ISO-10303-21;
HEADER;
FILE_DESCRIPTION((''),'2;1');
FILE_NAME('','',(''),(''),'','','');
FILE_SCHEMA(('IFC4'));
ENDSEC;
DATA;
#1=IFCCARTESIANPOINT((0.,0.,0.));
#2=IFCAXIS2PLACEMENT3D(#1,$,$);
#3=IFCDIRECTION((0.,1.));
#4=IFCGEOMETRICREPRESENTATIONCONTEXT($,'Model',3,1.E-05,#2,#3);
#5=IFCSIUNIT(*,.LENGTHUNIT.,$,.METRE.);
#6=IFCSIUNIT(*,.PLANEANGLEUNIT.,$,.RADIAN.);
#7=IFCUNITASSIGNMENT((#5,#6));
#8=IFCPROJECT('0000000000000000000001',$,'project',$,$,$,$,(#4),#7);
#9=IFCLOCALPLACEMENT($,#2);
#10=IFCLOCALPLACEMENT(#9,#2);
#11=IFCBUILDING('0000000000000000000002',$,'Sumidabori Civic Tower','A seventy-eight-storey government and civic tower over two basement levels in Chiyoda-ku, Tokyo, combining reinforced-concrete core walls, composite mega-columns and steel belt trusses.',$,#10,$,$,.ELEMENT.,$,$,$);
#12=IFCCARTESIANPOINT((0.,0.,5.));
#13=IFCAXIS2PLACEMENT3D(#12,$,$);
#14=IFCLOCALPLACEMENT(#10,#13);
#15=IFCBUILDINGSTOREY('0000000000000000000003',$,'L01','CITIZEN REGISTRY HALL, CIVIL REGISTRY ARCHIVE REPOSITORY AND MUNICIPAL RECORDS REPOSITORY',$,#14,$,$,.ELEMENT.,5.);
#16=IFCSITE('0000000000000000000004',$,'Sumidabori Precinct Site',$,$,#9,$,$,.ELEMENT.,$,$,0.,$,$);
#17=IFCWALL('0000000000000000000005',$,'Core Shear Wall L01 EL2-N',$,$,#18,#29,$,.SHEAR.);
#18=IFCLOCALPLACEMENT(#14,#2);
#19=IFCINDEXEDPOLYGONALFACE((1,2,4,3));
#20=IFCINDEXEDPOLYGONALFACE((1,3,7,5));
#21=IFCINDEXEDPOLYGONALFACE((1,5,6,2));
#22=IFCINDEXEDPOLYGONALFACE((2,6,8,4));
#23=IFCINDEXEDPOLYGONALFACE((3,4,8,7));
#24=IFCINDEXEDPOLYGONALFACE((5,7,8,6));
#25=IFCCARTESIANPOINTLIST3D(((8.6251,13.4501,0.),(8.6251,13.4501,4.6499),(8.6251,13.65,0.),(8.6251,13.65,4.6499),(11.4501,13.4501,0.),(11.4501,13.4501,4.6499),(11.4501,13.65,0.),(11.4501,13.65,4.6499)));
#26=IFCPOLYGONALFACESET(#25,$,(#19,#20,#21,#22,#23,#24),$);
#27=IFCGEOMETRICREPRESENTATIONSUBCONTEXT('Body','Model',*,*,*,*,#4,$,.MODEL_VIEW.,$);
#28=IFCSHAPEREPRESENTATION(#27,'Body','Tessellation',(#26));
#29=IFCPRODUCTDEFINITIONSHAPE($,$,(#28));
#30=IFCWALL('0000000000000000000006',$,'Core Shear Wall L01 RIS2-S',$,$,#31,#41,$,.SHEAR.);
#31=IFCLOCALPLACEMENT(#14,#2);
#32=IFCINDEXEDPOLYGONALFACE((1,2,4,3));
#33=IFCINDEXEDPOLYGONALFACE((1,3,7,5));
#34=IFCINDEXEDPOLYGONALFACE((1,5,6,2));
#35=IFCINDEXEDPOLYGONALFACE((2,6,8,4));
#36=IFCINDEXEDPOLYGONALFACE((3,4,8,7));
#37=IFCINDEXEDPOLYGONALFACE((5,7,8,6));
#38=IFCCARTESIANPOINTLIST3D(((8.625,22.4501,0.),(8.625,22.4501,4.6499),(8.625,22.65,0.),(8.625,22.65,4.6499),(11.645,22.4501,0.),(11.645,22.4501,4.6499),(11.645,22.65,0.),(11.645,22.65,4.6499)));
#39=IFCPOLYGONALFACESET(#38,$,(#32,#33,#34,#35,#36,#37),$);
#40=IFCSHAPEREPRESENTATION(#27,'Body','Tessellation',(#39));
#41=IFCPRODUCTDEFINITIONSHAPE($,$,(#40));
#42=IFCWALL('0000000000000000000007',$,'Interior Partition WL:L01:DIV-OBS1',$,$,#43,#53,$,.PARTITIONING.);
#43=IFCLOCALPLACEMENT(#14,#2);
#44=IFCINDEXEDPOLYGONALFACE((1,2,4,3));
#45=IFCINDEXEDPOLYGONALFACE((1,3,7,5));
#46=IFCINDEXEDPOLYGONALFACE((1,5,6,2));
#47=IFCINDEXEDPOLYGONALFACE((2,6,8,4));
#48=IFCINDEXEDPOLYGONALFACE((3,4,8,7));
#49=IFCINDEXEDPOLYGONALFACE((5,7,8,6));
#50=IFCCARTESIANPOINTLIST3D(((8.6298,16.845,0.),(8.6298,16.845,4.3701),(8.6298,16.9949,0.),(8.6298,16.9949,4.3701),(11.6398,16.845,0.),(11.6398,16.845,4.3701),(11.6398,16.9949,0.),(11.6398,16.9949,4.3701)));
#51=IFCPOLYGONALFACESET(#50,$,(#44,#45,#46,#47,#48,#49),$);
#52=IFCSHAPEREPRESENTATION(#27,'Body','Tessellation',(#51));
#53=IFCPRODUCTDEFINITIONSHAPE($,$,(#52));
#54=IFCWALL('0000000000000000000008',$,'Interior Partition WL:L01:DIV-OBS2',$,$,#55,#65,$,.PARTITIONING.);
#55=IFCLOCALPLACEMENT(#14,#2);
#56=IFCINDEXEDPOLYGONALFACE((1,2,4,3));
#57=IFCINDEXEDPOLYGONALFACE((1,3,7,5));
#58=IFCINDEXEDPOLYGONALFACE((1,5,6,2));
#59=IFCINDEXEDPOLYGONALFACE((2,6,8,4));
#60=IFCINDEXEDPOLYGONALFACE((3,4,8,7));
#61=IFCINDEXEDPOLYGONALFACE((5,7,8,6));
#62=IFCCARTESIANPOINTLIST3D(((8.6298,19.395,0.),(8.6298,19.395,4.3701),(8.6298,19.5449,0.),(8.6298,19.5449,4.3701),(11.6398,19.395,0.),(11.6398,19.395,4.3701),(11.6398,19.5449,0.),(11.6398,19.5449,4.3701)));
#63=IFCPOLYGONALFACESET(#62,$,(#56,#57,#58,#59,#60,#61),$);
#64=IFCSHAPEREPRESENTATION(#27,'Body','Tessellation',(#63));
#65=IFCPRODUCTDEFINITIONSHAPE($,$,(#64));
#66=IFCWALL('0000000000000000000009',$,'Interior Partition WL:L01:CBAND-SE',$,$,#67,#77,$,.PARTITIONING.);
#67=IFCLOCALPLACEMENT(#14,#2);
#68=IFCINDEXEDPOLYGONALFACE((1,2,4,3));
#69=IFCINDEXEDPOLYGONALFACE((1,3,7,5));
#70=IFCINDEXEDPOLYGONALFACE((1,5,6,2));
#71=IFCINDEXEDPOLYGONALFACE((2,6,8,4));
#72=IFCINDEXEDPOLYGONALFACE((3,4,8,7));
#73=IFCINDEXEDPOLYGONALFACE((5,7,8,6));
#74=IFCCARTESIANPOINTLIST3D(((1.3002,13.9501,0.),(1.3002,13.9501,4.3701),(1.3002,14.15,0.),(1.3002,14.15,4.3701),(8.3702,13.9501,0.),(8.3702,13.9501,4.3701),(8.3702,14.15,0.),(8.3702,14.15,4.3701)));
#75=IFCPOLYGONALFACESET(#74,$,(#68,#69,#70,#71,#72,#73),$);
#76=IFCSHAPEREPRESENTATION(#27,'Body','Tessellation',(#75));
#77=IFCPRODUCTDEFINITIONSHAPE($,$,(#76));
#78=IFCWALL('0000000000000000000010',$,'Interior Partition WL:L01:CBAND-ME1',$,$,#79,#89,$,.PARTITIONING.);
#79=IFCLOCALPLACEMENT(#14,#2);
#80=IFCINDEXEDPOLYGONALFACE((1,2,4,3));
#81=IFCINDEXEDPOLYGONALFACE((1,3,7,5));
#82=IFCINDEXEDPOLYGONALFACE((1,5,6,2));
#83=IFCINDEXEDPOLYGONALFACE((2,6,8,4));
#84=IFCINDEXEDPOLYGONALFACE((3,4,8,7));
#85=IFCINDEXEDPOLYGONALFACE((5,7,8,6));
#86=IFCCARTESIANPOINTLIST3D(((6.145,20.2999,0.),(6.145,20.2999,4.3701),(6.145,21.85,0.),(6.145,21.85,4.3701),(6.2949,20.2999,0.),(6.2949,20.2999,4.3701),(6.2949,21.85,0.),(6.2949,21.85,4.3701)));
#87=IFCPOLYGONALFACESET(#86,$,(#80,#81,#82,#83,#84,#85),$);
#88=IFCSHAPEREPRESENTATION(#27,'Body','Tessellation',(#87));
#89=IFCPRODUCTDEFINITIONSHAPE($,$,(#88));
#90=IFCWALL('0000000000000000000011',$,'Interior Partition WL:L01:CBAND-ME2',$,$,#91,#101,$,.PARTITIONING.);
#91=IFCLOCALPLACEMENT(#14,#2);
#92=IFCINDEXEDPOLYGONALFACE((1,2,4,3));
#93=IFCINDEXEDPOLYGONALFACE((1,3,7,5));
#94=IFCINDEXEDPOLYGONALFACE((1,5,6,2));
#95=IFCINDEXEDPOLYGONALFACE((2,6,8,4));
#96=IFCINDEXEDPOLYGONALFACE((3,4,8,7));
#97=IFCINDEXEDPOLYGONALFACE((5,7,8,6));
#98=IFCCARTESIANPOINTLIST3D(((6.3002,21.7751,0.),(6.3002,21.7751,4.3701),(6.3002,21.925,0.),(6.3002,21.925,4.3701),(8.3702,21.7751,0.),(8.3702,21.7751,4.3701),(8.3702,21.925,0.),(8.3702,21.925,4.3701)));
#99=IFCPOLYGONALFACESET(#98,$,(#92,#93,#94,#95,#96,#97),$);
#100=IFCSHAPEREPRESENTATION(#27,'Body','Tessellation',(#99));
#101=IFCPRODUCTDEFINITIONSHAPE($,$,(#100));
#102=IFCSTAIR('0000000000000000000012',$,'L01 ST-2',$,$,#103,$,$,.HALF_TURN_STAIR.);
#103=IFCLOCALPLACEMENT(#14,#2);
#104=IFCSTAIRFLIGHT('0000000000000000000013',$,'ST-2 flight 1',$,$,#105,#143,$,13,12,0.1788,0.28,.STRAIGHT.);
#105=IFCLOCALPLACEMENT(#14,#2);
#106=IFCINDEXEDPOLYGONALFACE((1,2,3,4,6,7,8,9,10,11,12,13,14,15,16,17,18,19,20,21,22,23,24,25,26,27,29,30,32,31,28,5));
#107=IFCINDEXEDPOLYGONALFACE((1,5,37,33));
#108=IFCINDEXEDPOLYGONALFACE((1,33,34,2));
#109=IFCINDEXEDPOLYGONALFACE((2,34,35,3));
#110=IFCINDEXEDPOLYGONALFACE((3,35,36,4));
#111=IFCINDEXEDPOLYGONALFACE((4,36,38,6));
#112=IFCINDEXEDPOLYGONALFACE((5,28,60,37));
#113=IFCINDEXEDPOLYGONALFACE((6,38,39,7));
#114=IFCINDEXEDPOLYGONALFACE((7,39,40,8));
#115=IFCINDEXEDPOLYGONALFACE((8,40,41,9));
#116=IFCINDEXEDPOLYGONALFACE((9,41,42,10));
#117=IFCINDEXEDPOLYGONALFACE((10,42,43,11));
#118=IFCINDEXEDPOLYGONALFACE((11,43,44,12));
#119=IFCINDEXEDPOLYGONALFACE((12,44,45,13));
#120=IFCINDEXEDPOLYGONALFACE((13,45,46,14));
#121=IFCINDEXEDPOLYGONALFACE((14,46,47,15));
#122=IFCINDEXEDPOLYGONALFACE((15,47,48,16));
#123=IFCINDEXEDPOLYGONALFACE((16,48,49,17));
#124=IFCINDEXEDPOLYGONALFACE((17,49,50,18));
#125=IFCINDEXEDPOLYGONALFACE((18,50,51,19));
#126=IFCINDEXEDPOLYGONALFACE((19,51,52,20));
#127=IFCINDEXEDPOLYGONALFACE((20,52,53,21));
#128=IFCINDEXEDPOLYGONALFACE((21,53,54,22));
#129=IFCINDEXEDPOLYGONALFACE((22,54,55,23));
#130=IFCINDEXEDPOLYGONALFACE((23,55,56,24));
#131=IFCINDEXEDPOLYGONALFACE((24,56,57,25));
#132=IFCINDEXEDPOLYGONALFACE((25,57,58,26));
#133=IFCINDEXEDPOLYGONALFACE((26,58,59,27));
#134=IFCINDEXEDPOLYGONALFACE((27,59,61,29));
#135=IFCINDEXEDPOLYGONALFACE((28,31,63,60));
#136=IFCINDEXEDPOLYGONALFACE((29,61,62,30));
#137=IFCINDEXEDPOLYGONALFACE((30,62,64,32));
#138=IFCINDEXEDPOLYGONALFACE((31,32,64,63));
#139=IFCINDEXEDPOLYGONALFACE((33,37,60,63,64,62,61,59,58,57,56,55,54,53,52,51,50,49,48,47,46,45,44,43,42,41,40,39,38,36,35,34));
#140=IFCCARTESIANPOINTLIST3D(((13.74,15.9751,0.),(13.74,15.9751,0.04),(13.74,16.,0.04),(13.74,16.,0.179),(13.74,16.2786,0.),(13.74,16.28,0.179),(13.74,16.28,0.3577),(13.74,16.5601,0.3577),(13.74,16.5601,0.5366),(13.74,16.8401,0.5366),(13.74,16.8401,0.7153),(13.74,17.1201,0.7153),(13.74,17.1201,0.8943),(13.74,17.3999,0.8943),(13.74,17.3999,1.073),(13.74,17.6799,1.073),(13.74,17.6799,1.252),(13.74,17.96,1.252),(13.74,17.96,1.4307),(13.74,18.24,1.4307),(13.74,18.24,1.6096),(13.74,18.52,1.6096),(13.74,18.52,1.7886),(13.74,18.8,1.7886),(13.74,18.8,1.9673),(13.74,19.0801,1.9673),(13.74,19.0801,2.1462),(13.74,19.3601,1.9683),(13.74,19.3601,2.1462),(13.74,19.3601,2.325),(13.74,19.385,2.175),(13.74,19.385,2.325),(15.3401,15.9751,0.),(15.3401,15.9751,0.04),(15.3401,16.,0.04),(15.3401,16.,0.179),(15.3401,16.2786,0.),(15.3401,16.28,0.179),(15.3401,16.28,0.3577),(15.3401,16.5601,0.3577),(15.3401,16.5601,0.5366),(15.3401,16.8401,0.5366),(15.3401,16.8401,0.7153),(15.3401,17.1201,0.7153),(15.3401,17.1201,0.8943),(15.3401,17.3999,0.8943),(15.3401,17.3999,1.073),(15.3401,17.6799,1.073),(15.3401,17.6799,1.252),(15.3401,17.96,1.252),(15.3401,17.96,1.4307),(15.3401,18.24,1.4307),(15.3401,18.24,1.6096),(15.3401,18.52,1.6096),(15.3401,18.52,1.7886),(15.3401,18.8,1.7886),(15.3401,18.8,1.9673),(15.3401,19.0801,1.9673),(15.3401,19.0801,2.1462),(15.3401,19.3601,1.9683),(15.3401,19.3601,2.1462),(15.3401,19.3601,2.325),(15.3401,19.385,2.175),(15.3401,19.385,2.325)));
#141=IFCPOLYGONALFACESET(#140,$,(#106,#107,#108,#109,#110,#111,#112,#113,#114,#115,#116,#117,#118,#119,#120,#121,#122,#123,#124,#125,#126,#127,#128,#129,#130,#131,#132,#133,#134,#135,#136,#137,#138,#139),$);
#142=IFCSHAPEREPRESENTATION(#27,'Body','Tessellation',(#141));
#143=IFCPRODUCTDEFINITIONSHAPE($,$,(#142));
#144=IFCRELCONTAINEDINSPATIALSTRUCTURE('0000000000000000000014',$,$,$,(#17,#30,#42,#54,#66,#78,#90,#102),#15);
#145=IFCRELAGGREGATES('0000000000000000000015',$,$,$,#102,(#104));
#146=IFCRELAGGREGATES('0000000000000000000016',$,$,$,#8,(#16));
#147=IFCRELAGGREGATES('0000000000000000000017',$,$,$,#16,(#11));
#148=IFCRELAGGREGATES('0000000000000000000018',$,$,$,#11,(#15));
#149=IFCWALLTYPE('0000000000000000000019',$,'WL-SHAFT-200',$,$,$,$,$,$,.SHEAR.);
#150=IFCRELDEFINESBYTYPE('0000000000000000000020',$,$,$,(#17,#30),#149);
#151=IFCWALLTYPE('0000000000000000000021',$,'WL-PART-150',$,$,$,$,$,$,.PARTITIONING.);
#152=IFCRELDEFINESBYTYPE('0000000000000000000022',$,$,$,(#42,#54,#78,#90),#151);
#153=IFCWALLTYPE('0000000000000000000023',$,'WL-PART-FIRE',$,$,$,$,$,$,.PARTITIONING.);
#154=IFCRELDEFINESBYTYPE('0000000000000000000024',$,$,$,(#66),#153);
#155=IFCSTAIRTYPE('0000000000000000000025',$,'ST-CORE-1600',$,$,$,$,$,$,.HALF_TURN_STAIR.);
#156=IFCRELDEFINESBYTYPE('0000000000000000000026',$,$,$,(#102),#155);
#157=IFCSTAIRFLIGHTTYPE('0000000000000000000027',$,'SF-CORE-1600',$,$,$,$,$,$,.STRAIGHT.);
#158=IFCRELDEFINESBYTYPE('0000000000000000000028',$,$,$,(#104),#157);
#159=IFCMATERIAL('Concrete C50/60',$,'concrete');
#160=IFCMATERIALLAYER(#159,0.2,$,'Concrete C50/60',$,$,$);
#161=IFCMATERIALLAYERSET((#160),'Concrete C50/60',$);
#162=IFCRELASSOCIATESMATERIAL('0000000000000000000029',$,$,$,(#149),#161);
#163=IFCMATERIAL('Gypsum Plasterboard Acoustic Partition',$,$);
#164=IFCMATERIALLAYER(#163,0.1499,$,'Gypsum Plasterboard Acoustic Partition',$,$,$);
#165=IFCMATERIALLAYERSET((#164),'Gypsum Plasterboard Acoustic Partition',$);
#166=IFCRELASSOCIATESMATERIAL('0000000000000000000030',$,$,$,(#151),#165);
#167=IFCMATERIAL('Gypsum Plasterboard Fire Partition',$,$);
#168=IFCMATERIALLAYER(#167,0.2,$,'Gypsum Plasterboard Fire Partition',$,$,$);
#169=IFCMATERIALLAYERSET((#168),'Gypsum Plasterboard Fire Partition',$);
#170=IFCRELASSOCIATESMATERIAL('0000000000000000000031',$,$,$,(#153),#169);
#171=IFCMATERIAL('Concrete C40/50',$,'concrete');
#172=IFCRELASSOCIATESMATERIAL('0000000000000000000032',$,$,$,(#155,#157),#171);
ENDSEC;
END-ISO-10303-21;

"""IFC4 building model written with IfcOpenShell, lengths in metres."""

from ifc_helpers import new_model, si_unit, direction, frame, frame_2d, origin, place, context, subcontext, project, spatial, polyline, rectangle, outline, extrude, source, transform, mapped, material, layer, layer_set, type_object, element, aggregate, save


model = new_model("IFC4")

# Units and contexts
model_context = context("Model", 3, precision=1e-05, world=origin(), true_north=direction((0.0, 1.0)))
body_context = subcontext(model_context, "Body", "Model", "MODEL_VIEW")
ifc_project = project(units=[si_unit("LENGTHUNIT", "METRE"), si_unit("PLANEANGLEUNIT", "RADIAN")], contexts=[model_context])

# Site, building, storey
site_placement = place(None, origin())
site = spatial("IfcSite", under=ifc_project, at=site_placement, Name="Sumidabori Precinct Site", CompositionType="ELEMENT", RefElevation=0.0)
building_placement = place(site_placement, origin())
building = spatial("IfcBuilding", under=site, at=building_placement, Name="Sumidabori Civic Tower", Description="A seventy-eight-storey government and civic tower over two basement levels in Chiyoda-ku, Tokyo, combining reinforced-concrete core walls, composite mega-columns and steel belt trusses.", CompositionType="ELEMENT")
storey_placement = place(building_placement, frame((0.0, 0.0, 5.0)))
storey = spatial("IfcBuildingStorey", under=building, at=storey_placement, Name="L01", Description="CITIZEN REGISTRY HALL, CIVIL REGISTRY ARCHIVE REPOSITORY AND MUNICIPAL RECORDS REPOSITORY", CompositionType="ELEMENT", Elevation=5.0)

# Shared definitions
ifc_material_1 = material(Name="Concrete C50/60", Category="concrete")

# Walls
ifc_layer_1 = layer(ifc_material_1, 0.2, Name="Concrete C50/60")
ifc_layer_set_1 = layer_set([ifc_layer_1], Name="Concrete C50/60")
wall_type_1 = type_object("IfcWallType", Name="WL-SHAFT-200", PredefinedType="SHEAR", material=ifc_layer_set_1)
shared_shape_1 = source(origin(), body_context, "Body", "SweptSolid", [
    extrude(rectangle(XDim=2.825, YDim=0.2, at=frame_2d((1.4126, 0.0))), origin(), (0.0, 0.0, 1.0), 4.6499),
])
wall_1_placement = place(storey_placement, frame((8.625, 13.55, 0.0), z_axis=(0.0, 0.0, 1.0), x_axis=(1.0, 0.0, 0.0)))
element("IfcWall", 1, at=wall_1_placement, inside=storey, type_object=wall_type_1, Name="Core Shear Wall L01 EL2-N", PredefinedType="SHEAR", context=body_context, shape_type="MappedRepresentation", body=[
    mapped(shared_shape_1, transform((0.0, 0.0, 0.0), x_axis=(1.0, 0.0, 0.0), y_axis=(0.0, 1.0, 0.0), z_axis=(0.0, 0.0, 1.0), scale=1.0)),
])
shared_shape_2 = source(origin(), body_context, "Body", "SweptSolid", [
    extrude(rectangle(XDim=3.02, YDim=0.2, at=frame_2d((1.51, 0.0))), origin(), (0.0, 0.0, 1.0), 4.6499),
])
wall_2_placement = place(storey_placement, frame((8.625, 22.55, 0.0), z_axis=(0.0, 0.0, 1.0), x_axis=(1.0, 0.0, 0.0)))
element("IfcWall", 2, at=wall_2_placement, inside=storey, type_object=wall_type_1, Name="Core Shear Wall L01 RIS2-S", PredefinedType="SHEAR", context=body_context, shape_type="MappedRepresentation", body=[
    mapped(shared_shape_2, transform((0.0, 0.0, 0.0), x_axis=(1.0, 0.0, 0.0), y_axis=(0.0, 1.0, 0.0), z_axis=(0.0, 0.0, 1.0), scale=1.0)),
])
ifc_material_2 = material(Name="Gypsum Plasterboard Acoustic Partition")
ifc_layer_2 = layer(ifc_material_2, 0.1499, Name="Gypsum Plasterboard Acoustic Partition")
ifc_layer_set_2 = layer_set([ifc_layer_2], Name="Gypsum Plasterboard Acoustic Partition")
wall_type_2 = type_object("IfcWallType", Name="WL-PART-150", PredefinedType="PARTITIONING", material=ifc_layer_set_2)
shared_shape_3 = source(origin(), body_context, "Body", "SweptSolid", [
    extrude(rectangle(XDim=3.01, YDim=0.1499, at=frame_2d((1.5049, 0.0))), origin(), (0.0, 0.0, 1.0), 4.3701),
])
for number, where, z_axis, x_axis, name in (
    (3, (8.6299, 16.9199, 0.0), (0.0, 0.0, 1.0), (1.0, 0.0, 0.0), "Interior Partition WL:L01:DIV-OBS1"),
    (4, (8.6299, 19.47, 0.0), (0.0, 0.0, 1.0), (1.0, 0.0, 0.0), "Interior Partition WL:L01:DIV-OBS2"),
):
    element("IfcWall", number, at=place(storey_placement, frame(where, z_axis=z_axis, x_axis=x_axis)), inside=storey, type_object=wall_type_2, Name=name, PredefinedType="PARTITIONING", context=body_context, shape_type="MappedRepresentation", body=[
        mapped(shared_shape_3, transform((0.0, 0.0, 0.0), x_axis=(1.0, 0.0, 0.0), y_axis=(0.0, 1.0, 0.0), z_axis=(0.0, 0.0, 1.0), scale=1.0)),
    ])
ifc_material_3 = material(Name="Gypsum Plasterboard Fire Partition")
ifc_layer_3 = layer(ifc_material_3, 0.2, Name="Gypsum Plasterboard Fire Partition")
ifc_layer_set_3 = layer_set([ifc_layer_3], Name="Gypsum Plasterboard Fire Partition")
wall_type_3 = type_object("IfcWallType", Name="WL-PART-FIRE", PredefinedType="PARTITIONING", material=ifc_layer_set_3)
shared_shape_4 = source(origin(), body_context, "Body", "SweptSolid", [
    extrude(rectangle(XDim=7.0701, YDim=0.2, at=frame_2d((3.5352, 0.0))), origin(), (0.0, 0.0, 1.0), 4.3701),
])
wall_3_placement = place(storey_placement, frame((1.3, 14.05, 0.0), z_axis=(0.0, 0.0, 1.0), x_axis=(1.0, 0.0, 0.0)))
element("IfcWall", 5, at=wall_3_placement, inside=storey, type_object=wall_type_3, Name="Interior Partition WL:L01:CBAND-SE", PredefinedType="PARTITIONING", context=body_context, shape_type="MappedRepresentation", body=[
    mapped(shared_shape_4, transform((0.0, 0.0, 0.0), x_axis=(1.0, 0.0, 0.0), y_axis=(0.0, 1.0, 0.0), z_axis=(0.0, 0.0, 1.0), scale=1.0)),
])
shared_shape_5 = source(origin(), body_context, "Body", "SweptSolid", [
    extrude(rectangle(XDim=1.55, YDim=0.1499, at=frame_2d((0.7749, 0.0))), origin(), (0.0, 0.0, 1.0), 4.3701),
])
wall_4_placement = place(storey_placement, frame((6.22, 20.3, 0.0), z_axis=(0.0, 0.0, 1.0), x_axis=(0.0, 1.0, 0.0)))
element("IfcWall", 6, at=wall_4_placement, inside=storey, type_object=wall_type_2, Name="Interior Partition WL:L01:CBAND-ME1", PredefinedType="PARTITIONING", context=body_context, shape_type="MappedRepresentation", body=[
    mapped(shared_shape_5, transform((0.0, 0.0, 0.0), x_axis=(1.0, 0.0, 0.0), y_axis=(0.0, 1.0, 0.0), z_axis=(0.0, 0.0, 1.0), scale=1.0)),
])
shared_shape_6 = source(origin(), body_context, "Body", "SweptSolid", [
    extrude(rectangle(XDim=2.0701, YDim=0.1499, at=frame_2d((1.0352, 0.0))), origin(), (0.0, 0.0, 1.0), 4.3701),
])
wall_5_placement = place(storey_placement, frame((6.3, 21.8501, 0.0), z_axis=(0.0, 0.0, 1.0), x_axis=(1.0, 0.0, 0.0)))
element("IfcWall", 7, at=wall_5_placement, inside=storey, type_object=wall_type_2, Name="Interior Partition WL:L01:CBAND-ME2", PredefinedType="PARTITIONING", context=body_context, shape_type="MappedRepresentation", body=[
    mapped(shared_shape_6, transform((0.0, 0.0, 0.0), x_axis=(1.0, 0.0, 0.0), y_axis=(0.0, 1.0, 0.0), z_axis=(0.0, 0.0, 1.0), scale=1.0)),
])

# Stair, stair flight
ifc_material_4 = material(Name="Concrete C40/50", Category="concrete")
stair_type = type_object("IfcStairType", Name="ST-CORE-1600", PredefinedType="HALF_TURN_STAIR", material=ifc_material_4)
stair_placement = place(storey_placement, origin())
stair = element("IfcStair", 8, at=stair_placement, inside=storey, type_object=stair_type, Name="L01 ST-2", PredefinedType="HALF_TURN_STAIR")
stair_flight_type = type_object("IfcStairFlightType", Name="SF-CORE-1600", PredefinedType="STRAIGHT", material=ifc_material_4)
shared_shape_7 = source(origin(), body_context, "Body", "SweptSolid", [
    extrude(outline(polyline([(-0.0249, 0.0), (-0.0249, 0.04), (0.0, 0.04), (0.0, 0.179), (0.28, 0.179), (0.28, 0.3577), (0.5601, 0.3577), (0.5601, 0.5366), (0.8401, 0.5366), (0.8401, 0.7153), (1.1201, 0.7153), (1.1201, 0.8943), (1.3999, 0.8943), (1.3999, 1.073), (1.6799, 1.073), (1.6799, 1.252), (1.96, 1.252), (1.96, 1.4307), (2.24, 1.4307), (2.24, 1.6096), (2.52, 1.6096), (2.52, 1.7886), (2.8, 1.7886), (2.8, 1.9673), (3.0801, 1.9673), (3.0801, 2.1462), (3.3601, 2.1462), (3.3601, 2.325), (3.385, 2.325), (3.385, 2.175), (3.3601, 1.9683), (0.2786, 0.0), (-0.0249, 0.0)])), frame((0.0, 0.8, 0.0), z_axis=(0.0, -1.0, 0.0), x_axis=(1.0, 0.0, 0.0)), (0.0, 0.0, 1.0), 1.6001),
])
stair_flight_1_placement = place(storey_placement, frame((14.54, 16.0, 0.0), z_axis=(0.0, 0.0, 1.0), x_axis=(0.0, 1.0, 0.0)))
stair_flight_1 = element("IfcStairFlight", 9, at=stair_flight_1_placement, type_object=stair_flight_type, Name="ST-2 flight 1", NumberOfRisers=13, NumberOfTreads=12, PredefinedType="STRAIGHT", RiserHeight=0.1788, TreadLength=0.28, context=body_context, shape_type="MappedRepresentation", body=[
    mapped(shared_shape_7, transform((0.0, 0.0, 0.0), x_axis=(1.0, 0.0, 0.0), y_axis=(0.0, 1.0, 0.0), z_axis=(0.0, 0.0, 1.0), scale=1.0)),
])
aggregate(stair, [stair_flight_1])

save(model, "model.ifc")
